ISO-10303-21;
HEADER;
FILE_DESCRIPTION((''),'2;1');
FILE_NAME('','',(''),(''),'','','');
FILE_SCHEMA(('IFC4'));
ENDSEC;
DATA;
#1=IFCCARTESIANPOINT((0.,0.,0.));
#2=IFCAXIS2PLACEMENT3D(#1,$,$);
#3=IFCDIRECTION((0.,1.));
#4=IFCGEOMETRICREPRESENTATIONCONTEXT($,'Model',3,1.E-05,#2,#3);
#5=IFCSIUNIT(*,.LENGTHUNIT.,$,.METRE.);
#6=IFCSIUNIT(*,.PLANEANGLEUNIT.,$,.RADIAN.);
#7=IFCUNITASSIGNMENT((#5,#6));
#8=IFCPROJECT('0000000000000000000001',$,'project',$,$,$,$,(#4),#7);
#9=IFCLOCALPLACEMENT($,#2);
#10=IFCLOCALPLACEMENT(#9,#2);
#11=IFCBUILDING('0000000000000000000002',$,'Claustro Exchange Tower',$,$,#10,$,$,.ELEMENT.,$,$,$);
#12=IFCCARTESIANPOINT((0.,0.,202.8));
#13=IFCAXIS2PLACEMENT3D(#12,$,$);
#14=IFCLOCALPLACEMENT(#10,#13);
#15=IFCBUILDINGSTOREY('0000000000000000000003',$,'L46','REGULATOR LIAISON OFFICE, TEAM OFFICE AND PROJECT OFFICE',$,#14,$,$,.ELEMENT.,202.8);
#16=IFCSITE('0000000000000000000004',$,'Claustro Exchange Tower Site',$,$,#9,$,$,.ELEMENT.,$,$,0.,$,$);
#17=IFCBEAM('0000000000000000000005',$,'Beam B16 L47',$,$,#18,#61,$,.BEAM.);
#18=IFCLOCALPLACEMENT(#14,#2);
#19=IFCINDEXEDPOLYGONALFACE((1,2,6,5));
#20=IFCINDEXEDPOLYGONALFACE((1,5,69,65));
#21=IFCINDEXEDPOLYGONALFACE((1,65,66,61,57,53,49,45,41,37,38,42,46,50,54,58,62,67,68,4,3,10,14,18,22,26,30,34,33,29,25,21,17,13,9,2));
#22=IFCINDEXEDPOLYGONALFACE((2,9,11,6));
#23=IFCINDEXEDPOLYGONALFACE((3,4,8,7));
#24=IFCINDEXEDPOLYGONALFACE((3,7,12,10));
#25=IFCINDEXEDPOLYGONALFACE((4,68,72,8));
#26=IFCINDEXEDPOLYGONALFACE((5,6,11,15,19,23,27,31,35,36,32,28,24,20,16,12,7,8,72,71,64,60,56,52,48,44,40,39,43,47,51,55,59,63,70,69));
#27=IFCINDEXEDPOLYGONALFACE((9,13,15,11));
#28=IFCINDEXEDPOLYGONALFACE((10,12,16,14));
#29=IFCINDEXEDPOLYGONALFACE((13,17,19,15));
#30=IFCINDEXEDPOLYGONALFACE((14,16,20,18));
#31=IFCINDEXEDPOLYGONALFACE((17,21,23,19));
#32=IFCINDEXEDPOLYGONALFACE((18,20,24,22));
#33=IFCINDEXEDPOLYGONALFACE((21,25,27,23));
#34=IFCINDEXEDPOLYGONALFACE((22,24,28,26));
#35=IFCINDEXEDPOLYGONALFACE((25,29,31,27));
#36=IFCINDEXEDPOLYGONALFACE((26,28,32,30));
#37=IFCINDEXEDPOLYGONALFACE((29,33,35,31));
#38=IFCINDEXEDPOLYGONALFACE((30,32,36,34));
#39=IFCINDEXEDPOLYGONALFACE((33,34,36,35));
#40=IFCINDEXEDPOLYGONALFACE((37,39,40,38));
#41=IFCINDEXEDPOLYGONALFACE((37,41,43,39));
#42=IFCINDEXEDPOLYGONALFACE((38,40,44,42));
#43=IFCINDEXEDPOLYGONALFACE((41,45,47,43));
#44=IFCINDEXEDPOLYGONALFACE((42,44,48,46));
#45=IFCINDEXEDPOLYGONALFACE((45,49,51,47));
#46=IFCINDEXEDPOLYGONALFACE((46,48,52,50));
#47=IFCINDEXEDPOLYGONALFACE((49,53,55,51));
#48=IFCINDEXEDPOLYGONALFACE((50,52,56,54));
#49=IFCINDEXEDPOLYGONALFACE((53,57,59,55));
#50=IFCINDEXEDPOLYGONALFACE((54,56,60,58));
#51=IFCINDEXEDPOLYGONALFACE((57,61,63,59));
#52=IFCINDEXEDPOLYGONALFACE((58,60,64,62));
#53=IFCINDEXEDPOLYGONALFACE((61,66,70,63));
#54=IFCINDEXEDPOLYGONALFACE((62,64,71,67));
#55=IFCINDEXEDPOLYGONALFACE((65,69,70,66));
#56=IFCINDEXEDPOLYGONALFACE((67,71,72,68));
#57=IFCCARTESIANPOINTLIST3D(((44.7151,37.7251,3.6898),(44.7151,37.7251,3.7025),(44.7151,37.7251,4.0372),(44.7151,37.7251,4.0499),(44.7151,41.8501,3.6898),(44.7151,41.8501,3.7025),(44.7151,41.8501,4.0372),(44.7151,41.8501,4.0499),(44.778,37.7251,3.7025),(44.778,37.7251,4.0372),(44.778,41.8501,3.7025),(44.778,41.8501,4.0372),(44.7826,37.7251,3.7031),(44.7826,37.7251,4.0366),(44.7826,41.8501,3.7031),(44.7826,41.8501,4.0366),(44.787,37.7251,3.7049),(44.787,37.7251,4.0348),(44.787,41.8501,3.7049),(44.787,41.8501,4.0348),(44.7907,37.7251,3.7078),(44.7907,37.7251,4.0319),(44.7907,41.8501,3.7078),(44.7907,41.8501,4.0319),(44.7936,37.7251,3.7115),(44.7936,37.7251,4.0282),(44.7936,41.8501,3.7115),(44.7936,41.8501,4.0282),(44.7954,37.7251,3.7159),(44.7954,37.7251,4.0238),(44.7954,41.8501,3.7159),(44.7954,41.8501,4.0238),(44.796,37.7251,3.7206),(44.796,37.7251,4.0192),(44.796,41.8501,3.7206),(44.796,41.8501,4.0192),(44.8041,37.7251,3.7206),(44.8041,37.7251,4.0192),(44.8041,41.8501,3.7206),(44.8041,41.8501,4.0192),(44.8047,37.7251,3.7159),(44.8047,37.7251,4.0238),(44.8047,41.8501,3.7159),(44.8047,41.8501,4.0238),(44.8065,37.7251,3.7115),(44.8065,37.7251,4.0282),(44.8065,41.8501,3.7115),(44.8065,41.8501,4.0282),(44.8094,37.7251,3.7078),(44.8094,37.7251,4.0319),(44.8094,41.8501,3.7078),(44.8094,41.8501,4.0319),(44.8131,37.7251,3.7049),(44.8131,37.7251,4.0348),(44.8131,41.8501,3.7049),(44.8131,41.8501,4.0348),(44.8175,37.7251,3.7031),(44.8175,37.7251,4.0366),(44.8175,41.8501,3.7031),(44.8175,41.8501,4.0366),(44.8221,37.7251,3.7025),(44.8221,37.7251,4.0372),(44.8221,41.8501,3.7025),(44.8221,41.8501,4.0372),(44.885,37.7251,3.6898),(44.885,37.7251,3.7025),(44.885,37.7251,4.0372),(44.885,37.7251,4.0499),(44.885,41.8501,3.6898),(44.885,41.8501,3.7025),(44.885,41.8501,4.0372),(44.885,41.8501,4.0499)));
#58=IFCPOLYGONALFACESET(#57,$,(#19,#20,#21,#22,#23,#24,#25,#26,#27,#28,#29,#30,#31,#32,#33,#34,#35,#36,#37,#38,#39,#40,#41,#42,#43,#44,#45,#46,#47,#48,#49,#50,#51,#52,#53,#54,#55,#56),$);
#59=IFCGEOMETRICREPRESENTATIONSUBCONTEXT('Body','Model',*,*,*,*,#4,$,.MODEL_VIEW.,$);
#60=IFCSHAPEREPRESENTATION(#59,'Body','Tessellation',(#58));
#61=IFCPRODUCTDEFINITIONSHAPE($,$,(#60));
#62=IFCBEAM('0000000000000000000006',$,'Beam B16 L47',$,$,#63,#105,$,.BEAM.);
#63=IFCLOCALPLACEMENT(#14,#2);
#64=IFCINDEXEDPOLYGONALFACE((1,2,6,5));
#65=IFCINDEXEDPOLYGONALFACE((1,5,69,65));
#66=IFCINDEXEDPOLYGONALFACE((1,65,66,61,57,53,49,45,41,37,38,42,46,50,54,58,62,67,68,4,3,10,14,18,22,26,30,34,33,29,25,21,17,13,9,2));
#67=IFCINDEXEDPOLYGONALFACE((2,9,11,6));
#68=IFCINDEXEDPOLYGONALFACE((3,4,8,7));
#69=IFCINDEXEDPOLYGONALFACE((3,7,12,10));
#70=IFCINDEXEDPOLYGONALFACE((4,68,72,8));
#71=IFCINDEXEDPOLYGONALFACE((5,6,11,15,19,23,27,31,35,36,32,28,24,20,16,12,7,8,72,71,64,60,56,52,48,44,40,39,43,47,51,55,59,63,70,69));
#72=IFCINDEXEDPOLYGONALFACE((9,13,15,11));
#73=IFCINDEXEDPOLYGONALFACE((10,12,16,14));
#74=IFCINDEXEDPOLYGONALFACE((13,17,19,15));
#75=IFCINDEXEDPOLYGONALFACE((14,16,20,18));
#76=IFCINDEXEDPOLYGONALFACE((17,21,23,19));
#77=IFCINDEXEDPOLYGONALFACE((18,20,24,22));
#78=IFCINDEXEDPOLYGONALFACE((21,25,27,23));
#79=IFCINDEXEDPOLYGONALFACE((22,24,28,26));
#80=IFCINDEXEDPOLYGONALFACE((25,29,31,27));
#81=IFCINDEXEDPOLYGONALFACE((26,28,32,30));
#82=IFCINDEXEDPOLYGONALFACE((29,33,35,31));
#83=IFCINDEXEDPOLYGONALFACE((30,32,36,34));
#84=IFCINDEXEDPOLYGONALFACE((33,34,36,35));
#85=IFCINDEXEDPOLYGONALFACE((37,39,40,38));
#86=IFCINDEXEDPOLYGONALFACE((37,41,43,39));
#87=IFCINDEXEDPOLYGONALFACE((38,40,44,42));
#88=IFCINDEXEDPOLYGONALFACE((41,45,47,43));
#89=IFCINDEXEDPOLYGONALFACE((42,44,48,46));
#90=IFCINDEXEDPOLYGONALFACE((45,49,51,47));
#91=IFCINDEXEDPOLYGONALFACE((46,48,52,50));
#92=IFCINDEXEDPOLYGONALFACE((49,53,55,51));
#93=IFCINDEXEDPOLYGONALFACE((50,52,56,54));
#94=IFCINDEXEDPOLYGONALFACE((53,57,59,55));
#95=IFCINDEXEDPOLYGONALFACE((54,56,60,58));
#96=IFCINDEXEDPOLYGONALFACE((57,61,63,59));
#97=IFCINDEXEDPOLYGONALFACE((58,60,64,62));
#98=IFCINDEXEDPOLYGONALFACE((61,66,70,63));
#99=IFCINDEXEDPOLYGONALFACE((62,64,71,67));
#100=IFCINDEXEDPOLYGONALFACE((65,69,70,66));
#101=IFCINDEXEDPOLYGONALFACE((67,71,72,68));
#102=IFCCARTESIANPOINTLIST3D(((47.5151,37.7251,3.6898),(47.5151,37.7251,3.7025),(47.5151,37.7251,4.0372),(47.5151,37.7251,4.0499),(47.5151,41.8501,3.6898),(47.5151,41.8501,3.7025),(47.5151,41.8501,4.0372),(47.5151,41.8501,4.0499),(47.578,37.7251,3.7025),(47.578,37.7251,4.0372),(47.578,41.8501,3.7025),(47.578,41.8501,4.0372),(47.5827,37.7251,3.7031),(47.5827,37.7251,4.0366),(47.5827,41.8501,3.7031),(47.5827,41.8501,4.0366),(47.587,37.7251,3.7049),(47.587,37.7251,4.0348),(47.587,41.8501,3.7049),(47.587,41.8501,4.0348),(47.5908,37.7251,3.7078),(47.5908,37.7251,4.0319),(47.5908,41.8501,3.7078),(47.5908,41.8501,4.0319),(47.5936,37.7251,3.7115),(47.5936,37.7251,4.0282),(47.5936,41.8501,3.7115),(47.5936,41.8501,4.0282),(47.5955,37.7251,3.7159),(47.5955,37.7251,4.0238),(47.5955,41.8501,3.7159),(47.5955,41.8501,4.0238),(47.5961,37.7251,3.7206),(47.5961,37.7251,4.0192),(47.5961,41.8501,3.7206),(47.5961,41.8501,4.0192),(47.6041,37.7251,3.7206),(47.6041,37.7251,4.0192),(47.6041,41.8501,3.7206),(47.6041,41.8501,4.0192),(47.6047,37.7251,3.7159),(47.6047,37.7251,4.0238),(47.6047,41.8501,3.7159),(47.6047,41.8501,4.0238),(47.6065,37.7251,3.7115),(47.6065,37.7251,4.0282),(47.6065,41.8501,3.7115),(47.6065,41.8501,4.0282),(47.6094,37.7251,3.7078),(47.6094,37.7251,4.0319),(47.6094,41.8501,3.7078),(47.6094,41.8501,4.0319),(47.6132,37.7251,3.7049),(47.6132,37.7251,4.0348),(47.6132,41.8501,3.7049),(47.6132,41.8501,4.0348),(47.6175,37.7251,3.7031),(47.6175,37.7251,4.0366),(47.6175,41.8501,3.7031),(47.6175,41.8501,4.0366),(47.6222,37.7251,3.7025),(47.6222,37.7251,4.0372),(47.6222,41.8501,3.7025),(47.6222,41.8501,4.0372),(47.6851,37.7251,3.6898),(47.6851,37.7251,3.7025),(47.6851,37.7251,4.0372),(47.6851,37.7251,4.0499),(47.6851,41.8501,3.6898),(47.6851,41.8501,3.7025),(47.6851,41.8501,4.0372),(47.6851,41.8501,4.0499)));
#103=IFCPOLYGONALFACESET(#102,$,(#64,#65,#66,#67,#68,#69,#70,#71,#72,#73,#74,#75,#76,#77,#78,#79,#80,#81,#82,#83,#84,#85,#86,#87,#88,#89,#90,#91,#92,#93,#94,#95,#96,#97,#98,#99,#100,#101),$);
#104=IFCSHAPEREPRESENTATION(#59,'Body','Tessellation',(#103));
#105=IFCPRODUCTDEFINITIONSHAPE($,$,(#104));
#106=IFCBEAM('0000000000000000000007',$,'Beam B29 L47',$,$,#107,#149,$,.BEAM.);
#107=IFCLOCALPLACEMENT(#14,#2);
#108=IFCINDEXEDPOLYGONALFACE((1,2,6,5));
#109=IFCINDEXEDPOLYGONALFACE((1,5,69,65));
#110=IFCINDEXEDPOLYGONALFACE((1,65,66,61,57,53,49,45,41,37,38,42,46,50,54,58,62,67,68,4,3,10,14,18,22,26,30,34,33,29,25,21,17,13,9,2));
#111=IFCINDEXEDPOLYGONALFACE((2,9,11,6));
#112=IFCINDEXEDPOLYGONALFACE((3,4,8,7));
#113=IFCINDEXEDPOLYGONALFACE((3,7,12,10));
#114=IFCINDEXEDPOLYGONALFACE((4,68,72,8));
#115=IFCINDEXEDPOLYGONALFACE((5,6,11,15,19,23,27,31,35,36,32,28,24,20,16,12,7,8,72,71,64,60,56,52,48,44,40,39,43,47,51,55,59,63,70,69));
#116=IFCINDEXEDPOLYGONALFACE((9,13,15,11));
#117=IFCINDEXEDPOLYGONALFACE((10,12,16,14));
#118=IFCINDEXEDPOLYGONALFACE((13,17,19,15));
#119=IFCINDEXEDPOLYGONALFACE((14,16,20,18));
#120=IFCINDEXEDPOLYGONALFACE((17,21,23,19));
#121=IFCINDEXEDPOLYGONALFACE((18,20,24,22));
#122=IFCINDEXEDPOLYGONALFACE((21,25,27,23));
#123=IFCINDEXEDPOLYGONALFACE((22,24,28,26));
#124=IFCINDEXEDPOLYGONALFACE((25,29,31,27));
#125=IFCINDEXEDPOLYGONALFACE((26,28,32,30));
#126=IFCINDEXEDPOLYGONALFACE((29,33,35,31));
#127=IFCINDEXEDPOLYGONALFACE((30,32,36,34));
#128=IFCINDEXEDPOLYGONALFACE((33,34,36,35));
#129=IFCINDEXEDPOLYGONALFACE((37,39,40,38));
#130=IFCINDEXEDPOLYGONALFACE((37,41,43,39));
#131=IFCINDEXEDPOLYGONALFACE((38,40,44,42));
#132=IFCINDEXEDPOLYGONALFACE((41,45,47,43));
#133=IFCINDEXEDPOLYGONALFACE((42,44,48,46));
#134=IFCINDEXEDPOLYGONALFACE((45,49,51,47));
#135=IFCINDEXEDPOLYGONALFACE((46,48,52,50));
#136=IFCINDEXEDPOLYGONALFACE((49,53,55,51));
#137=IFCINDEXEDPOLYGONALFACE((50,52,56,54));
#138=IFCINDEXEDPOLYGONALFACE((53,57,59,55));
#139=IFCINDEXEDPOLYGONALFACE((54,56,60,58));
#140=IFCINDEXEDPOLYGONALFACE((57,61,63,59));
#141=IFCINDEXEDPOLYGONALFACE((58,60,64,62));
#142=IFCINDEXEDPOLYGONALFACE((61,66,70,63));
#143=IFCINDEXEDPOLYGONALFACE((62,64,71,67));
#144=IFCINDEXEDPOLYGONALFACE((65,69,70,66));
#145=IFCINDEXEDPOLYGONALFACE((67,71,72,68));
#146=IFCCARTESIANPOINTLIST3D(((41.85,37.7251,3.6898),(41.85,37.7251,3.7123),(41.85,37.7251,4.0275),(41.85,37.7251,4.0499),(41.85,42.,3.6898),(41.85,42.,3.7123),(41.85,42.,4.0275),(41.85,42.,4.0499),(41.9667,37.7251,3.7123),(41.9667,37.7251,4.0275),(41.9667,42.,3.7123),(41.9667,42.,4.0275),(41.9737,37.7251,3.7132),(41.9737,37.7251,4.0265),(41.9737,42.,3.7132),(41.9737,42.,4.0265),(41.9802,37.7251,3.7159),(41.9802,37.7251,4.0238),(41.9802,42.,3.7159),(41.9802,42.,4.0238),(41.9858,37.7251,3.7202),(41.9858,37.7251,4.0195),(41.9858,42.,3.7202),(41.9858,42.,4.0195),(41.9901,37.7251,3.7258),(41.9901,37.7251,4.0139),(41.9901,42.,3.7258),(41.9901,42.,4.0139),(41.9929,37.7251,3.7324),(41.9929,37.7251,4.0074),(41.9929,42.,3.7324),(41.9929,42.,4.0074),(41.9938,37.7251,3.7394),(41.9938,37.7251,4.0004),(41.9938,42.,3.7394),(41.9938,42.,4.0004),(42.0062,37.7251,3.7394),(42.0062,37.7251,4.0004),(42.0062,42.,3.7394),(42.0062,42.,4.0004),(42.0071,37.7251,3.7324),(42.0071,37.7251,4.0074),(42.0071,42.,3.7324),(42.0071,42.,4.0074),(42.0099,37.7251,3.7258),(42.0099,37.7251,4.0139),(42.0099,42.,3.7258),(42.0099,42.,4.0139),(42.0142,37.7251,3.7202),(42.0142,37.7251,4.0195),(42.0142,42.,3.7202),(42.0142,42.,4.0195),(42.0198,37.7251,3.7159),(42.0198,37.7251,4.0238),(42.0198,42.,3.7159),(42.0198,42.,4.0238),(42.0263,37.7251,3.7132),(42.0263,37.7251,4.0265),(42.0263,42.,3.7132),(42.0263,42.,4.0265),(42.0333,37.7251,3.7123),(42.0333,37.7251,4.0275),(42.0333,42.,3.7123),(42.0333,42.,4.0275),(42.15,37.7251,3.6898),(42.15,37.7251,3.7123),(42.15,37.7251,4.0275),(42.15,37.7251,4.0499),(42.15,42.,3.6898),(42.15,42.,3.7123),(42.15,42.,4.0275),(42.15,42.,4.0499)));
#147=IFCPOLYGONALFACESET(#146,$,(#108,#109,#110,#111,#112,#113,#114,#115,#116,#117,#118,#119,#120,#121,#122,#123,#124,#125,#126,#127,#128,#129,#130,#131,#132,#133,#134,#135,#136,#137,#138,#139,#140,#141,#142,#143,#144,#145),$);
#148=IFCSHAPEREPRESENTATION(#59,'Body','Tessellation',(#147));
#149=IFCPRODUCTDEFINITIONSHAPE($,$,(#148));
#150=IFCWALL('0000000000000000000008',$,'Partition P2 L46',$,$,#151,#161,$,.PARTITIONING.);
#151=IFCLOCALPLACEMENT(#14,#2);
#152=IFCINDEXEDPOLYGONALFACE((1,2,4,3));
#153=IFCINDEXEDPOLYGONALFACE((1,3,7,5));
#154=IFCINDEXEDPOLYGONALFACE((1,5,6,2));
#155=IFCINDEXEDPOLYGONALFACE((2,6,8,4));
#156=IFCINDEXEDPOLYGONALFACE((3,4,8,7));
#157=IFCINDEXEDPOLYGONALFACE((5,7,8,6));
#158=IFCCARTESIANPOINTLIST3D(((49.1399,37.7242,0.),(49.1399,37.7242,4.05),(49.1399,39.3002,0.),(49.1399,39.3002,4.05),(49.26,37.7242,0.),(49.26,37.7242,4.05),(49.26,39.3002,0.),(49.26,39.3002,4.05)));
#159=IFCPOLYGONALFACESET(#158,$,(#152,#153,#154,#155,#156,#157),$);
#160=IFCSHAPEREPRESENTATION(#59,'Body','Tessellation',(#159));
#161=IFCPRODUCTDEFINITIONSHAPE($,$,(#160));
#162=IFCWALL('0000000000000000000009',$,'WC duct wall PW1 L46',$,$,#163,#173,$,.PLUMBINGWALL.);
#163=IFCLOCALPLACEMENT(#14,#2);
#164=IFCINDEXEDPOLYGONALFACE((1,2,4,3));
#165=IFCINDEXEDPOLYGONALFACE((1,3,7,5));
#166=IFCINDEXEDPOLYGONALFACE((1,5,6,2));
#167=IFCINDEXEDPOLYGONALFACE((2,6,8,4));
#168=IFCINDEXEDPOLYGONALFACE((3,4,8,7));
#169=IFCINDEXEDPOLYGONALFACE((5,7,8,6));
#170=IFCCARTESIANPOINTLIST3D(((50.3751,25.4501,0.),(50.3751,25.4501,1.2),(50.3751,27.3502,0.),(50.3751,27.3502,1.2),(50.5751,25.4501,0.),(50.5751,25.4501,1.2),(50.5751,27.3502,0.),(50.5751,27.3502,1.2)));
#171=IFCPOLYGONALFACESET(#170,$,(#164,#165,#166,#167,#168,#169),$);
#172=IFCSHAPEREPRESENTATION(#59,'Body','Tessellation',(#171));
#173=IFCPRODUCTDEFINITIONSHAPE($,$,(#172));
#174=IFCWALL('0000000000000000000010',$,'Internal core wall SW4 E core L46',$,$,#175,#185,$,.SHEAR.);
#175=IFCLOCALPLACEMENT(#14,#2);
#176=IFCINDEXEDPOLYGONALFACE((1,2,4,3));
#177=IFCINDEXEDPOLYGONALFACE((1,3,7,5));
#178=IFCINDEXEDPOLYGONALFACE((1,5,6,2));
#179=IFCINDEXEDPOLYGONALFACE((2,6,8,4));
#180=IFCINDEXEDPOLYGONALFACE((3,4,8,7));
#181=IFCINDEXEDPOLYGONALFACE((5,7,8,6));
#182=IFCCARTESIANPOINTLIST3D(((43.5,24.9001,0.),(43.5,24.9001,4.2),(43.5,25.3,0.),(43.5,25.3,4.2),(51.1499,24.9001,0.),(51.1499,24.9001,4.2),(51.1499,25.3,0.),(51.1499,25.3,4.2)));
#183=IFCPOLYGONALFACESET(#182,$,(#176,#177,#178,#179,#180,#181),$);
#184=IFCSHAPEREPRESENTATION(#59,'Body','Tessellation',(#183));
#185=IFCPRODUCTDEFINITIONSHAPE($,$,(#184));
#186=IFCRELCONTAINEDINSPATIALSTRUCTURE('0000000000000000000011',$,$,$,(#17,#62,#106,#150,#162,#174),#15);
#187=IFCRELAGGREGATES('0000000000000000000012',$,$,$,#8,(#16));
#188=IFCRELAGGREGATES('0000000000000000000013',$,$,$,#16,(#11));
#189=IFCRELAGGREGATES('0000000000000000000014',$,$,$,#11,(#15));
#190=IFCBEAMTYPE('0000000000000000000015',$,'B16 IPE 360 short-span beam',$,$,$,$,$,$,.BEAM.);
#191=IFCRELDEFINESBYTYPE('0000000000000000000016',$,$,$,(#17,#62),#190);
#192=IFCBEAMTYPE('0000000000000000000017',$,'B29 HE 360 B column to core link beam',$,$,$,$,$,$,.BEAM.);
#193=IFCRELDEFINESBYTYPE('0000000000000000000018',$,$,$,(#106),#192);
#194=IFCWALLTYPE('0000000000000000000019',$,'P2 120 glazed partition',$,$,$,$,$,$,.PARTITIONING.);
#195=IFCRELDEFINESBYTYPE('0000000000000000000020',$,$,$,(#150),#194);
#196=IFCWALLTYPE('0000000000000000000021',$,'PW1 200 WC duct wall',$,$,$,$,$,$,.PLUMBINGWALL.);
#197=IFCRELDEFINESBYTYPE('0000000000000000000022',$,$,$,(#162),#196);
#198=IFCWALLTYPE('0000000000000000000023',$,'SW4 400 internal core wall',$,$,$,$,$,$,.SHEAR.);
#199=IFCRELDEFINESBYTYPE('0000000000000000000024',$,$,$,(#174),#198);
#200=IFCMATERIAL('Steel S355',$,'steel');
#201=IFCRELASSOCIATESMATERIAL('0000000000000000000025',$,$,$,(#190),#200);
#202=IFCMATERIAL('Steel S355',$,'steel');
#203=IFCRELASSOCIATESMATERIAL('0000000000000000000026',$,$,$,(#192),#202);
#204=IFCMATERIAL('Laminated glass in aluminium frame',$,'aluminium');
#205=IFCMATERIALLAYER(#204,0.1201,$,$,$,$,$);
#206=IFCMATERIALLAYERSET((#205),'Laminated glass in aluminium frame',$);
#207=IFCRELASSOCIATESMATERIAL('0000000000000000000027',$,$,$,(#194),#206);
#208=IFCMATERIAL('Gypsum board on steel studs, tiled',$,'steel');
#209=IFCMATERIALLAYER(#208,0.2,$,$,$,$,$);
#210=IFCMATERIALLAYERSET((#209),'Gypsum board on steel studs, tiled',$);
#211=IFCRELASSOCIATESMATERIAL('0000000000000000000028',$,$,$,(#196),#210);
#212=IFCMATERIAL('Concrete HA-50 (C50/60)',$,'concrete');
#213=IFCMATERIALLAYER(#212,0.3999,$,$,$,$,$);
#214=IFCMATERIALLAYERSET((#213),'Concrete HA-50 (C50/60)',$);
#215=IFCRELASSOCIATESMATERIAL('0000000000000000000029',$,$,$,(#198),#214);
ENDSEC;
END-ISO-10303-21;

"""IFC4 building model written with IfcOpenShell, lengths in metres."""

from ifc_helpers import new_model, si_unit, direction, frame, frame_2d, origin, origin_2d, place, context, subcontext, project, spatial, rectangle, i_section, extrude, material, layer, layer_set, material_profile, profile_set, type_object, element, save


model = new_model("IFC4")

# Units and contexts
model_context = context("Model", 3, precision=1e-05, world=origin(), true_north=direction((0.0, 1.0)))
body_context = subcontext(model_context, "Body", "Model", "MODEL_VIEW")
ifc_project = project(units=[si_unit("LENGTHUNIT", "METRE"), si_unit("PLANEANGLEUNIT", "RADIAN")], contexts=[model_context])

# Site, building, storey
site_placement = place(None, origin())
site = spatial("IfcSite", under=ifc_project, at=site_placement, Name="Claustro Exchange Tower Site", CompositionType="ELEMENT", RefElevation=0.0)
building_placement = place(site_placement, origin())
building = spatial("IfcBuilding", under=site, at=building_placement, Name="Claustro Exchange Tower", CompositionType="ELEMENT")
storey_placement = place(building_placement, frame((0.0, 0.0, 202.8)))
storey = spatial("IfcBuildingStorey", under=building, at=storey_placement, Name="L46", Description="REGULATOR LIAISON OFFICE, TEAM OFFICE AND PROJECT OFFICE", CompositionType="ELEMENT", Elevation=202.8)

# Beams
ifc_material_1 = material(Name="Steel S355", Category="steel")
ifc_material_profile_1 = material_profile(ifc_material_1, i_section(OverallWidth=0.1699, OverallDepth=0.3601, WebThickness=0.0081, FlangeThickness=0.0127, FilletRadius=0.0181, at=origin_2d()), Name="IPE 360")
ifc_profile_set_1 = profile_set([ifc_material_profile_1], Name="Steel S355")
beam_type_1 = type_object("IfcBeamType", Name="B16 IPE 360 short-span beam", PredefinedType="BEAM", material=ifc_profile_set_1)
for number, where, z_axis, x_axis, name in (
    (1, (44.8, 37.7251, 3.8699), (0.0, 1.0, 0.0), (-1.0, 0.0, 0.0), "Beam B16 L47"),
    (2, (47.6001, 37.7251, 3.8699), (0.0, 1.0, 0.0), (-1.0, 0.0, 0.0), "Beam B16 L47"),
):
    element("IfcBeam", number, at=place(storey_placement, frame(where, z_axis=z_axis, x_axis=x_axis)), inside=storey, type_object=beam_type_1, Name=name, PredefinedType="BEAM", context=body_context, shape_type="SweptSolid", body=[
        extrude(i_section(OverallWidth=0.1699, OverallDepth=0.3601, WebThickness=0.0081, FlangeThickness=0.0127, FilletRadius=0.0181, at=origin_2d()), origin(), (0.0, 0.0, 1.0), 4.125),
    ])
ifc_material_2 = material(Name="Steel S355", Category="steel")
ifc_material_profile_2 = material_profile(ifc_material_2, i_section(OverallWidth=0.3, OverallDepth=0.3601, WebThickness=0.0125, FlangeThickness=0.0225, FilletRadius=0.0271, at=origin_2d()), Name="HE 360 B")
ifc_profile_set_2 = profile_set([ifc_material_profile_2], Name="Steel S355")
beam_type_2 = type_object("IfcBeamType", Name="B29 HE 360 B column to core link beam", PredefinedType="BEAM", material=ifc_profile_set_2)
beam_placement = place(storey_placement, frame((42.0, 37.7251, 3.8699), z_axis=(0.0, 1.0, 0.0), x_axis=(-1.0, 0.0, 0.0)))
element("IfcBeam", 3, at=beam_placement, inside=storey, type_object=beam_type_2, Name="Beam B29 L47", PredefinedType="BEAM", context=body_context, shape_type="SweptSolid", body=[
    extrude(i_section(OverallWidth=0.3, OverallDepth=0.3601, WebThickness=0.0125, FlangeThickness=0.0225, FilletRadius=0.0271, at=origin_2d()), origin(), (0.0, 0.0, 1.0), 4.2749),
])

# Shared definitions
ifc_material_3 = material(Name="Laminated glass in aluminium frame", Category="aluminium")
ifc_layer_1 = layer(ifc_material_3, 0.1201)
ifc_layer_set_1 = layer_set([ifc_layer_1], Name="Laminated glass in aluminium frame")
wall_type_1 = type_object("IfcWallType", Name="P2 120 glazed partition", PredefinedType="PARTITIONING", material=ifc_layer_set_1)

# Walls
wall_1_placement = place(storey_placement, frame((49.2, 37.7241, 0.0), z_axis=(0.0, 0.0, 1.0), x_axis=(0.0, 1.0, 0.0)))
element("IfcWall", 4, at=wall_1_placement, inside=storey, type_object=wall_type_1, Name="Partition P2 L46", PredefinedType="PARTITIONING", context=body_context, shape_type="SweptSolid", body=[
    extrude(rectangle(XDim=1.5759, YDim=0.1201, at=frame_2d((0.7881, 0.0))), origin(), (0.0, 0.0, 1.0), 4.05),
])
ifc_material_4 = material(Name="Gypsum board on steel studs, tiled", Category="steel")
ifc_layer_2 = layer(ifc_material_4, 0.2)
ifc_layer_set_2 = layer_set([ifc_layer_2], Name="Gypsum board on steel studs, tiled")
wall_type_2 = type_object("IfcWallType", Name="PW1 200 WC duct wall", PredefinedType="PLUMBINGWALL", material=ifc_layer_set_2)
wall_2_placement = place(storey_placement, frame((50.4751, 25.45, 0.0), z_axis=(0.0, 0.0, 1.0), x_axis=(0.0, 1.0, 0.0)))
element("IfcWall", 5, at=wall_2_placement, inside=storey, type_object=wall_type_2, Name="WC duct wall PW1 L46", PredefinedType="PLUMBINGWALL", context=body_context, shape_type="SweptSolid", body=[
    extrude(rectangle(XDim=1.9001, YDim=0.2, at=frame_2d((0.9502, 0.0))), origin(), (0.0, 0.0, 1.0), 1.2),
])
ifc_material_5 = material(Name="Concrete HA-50 (C50/60)", Category="concrete")
ifc_layer_3 = layer(ifc_material_5, 0.3999)
ifc_layer_set_3 = layer_set([ifc_layer_3], Name="Concrete HA-50 (C50/60)")
wall_type_3 = type_object("IfcWallType", Name="SW4 400 internal core wall", PredefinedType="SHEAR", material=ifc_layer_set_3)
for number, where, z_axis, x_axis, name in (
    (6, (51.1499, 25.1001, 0.0), (0.0, 0.0, 1.0), (-1.0, 0.0, 0.0), "Internal core wall SW4 E core L46"),
):
    element("IfcWall", number, at=place(storey_placement, frame(where, z_axis=z_axis, x_axis=x_axis)), inside=storey, type_object=wall_type_3, Name=name, PredefinedType="SHEAR", context=body_context, shape_type="SweptSolid", body=[
        extrude(rectangle(XDim=7.6499, YDim=0.3999, at=frame_2d((3.825, 0.0))), origin(), (0.0, 0.0, 1.0), 4.2),
    ])

save(model, "model.ifc")
